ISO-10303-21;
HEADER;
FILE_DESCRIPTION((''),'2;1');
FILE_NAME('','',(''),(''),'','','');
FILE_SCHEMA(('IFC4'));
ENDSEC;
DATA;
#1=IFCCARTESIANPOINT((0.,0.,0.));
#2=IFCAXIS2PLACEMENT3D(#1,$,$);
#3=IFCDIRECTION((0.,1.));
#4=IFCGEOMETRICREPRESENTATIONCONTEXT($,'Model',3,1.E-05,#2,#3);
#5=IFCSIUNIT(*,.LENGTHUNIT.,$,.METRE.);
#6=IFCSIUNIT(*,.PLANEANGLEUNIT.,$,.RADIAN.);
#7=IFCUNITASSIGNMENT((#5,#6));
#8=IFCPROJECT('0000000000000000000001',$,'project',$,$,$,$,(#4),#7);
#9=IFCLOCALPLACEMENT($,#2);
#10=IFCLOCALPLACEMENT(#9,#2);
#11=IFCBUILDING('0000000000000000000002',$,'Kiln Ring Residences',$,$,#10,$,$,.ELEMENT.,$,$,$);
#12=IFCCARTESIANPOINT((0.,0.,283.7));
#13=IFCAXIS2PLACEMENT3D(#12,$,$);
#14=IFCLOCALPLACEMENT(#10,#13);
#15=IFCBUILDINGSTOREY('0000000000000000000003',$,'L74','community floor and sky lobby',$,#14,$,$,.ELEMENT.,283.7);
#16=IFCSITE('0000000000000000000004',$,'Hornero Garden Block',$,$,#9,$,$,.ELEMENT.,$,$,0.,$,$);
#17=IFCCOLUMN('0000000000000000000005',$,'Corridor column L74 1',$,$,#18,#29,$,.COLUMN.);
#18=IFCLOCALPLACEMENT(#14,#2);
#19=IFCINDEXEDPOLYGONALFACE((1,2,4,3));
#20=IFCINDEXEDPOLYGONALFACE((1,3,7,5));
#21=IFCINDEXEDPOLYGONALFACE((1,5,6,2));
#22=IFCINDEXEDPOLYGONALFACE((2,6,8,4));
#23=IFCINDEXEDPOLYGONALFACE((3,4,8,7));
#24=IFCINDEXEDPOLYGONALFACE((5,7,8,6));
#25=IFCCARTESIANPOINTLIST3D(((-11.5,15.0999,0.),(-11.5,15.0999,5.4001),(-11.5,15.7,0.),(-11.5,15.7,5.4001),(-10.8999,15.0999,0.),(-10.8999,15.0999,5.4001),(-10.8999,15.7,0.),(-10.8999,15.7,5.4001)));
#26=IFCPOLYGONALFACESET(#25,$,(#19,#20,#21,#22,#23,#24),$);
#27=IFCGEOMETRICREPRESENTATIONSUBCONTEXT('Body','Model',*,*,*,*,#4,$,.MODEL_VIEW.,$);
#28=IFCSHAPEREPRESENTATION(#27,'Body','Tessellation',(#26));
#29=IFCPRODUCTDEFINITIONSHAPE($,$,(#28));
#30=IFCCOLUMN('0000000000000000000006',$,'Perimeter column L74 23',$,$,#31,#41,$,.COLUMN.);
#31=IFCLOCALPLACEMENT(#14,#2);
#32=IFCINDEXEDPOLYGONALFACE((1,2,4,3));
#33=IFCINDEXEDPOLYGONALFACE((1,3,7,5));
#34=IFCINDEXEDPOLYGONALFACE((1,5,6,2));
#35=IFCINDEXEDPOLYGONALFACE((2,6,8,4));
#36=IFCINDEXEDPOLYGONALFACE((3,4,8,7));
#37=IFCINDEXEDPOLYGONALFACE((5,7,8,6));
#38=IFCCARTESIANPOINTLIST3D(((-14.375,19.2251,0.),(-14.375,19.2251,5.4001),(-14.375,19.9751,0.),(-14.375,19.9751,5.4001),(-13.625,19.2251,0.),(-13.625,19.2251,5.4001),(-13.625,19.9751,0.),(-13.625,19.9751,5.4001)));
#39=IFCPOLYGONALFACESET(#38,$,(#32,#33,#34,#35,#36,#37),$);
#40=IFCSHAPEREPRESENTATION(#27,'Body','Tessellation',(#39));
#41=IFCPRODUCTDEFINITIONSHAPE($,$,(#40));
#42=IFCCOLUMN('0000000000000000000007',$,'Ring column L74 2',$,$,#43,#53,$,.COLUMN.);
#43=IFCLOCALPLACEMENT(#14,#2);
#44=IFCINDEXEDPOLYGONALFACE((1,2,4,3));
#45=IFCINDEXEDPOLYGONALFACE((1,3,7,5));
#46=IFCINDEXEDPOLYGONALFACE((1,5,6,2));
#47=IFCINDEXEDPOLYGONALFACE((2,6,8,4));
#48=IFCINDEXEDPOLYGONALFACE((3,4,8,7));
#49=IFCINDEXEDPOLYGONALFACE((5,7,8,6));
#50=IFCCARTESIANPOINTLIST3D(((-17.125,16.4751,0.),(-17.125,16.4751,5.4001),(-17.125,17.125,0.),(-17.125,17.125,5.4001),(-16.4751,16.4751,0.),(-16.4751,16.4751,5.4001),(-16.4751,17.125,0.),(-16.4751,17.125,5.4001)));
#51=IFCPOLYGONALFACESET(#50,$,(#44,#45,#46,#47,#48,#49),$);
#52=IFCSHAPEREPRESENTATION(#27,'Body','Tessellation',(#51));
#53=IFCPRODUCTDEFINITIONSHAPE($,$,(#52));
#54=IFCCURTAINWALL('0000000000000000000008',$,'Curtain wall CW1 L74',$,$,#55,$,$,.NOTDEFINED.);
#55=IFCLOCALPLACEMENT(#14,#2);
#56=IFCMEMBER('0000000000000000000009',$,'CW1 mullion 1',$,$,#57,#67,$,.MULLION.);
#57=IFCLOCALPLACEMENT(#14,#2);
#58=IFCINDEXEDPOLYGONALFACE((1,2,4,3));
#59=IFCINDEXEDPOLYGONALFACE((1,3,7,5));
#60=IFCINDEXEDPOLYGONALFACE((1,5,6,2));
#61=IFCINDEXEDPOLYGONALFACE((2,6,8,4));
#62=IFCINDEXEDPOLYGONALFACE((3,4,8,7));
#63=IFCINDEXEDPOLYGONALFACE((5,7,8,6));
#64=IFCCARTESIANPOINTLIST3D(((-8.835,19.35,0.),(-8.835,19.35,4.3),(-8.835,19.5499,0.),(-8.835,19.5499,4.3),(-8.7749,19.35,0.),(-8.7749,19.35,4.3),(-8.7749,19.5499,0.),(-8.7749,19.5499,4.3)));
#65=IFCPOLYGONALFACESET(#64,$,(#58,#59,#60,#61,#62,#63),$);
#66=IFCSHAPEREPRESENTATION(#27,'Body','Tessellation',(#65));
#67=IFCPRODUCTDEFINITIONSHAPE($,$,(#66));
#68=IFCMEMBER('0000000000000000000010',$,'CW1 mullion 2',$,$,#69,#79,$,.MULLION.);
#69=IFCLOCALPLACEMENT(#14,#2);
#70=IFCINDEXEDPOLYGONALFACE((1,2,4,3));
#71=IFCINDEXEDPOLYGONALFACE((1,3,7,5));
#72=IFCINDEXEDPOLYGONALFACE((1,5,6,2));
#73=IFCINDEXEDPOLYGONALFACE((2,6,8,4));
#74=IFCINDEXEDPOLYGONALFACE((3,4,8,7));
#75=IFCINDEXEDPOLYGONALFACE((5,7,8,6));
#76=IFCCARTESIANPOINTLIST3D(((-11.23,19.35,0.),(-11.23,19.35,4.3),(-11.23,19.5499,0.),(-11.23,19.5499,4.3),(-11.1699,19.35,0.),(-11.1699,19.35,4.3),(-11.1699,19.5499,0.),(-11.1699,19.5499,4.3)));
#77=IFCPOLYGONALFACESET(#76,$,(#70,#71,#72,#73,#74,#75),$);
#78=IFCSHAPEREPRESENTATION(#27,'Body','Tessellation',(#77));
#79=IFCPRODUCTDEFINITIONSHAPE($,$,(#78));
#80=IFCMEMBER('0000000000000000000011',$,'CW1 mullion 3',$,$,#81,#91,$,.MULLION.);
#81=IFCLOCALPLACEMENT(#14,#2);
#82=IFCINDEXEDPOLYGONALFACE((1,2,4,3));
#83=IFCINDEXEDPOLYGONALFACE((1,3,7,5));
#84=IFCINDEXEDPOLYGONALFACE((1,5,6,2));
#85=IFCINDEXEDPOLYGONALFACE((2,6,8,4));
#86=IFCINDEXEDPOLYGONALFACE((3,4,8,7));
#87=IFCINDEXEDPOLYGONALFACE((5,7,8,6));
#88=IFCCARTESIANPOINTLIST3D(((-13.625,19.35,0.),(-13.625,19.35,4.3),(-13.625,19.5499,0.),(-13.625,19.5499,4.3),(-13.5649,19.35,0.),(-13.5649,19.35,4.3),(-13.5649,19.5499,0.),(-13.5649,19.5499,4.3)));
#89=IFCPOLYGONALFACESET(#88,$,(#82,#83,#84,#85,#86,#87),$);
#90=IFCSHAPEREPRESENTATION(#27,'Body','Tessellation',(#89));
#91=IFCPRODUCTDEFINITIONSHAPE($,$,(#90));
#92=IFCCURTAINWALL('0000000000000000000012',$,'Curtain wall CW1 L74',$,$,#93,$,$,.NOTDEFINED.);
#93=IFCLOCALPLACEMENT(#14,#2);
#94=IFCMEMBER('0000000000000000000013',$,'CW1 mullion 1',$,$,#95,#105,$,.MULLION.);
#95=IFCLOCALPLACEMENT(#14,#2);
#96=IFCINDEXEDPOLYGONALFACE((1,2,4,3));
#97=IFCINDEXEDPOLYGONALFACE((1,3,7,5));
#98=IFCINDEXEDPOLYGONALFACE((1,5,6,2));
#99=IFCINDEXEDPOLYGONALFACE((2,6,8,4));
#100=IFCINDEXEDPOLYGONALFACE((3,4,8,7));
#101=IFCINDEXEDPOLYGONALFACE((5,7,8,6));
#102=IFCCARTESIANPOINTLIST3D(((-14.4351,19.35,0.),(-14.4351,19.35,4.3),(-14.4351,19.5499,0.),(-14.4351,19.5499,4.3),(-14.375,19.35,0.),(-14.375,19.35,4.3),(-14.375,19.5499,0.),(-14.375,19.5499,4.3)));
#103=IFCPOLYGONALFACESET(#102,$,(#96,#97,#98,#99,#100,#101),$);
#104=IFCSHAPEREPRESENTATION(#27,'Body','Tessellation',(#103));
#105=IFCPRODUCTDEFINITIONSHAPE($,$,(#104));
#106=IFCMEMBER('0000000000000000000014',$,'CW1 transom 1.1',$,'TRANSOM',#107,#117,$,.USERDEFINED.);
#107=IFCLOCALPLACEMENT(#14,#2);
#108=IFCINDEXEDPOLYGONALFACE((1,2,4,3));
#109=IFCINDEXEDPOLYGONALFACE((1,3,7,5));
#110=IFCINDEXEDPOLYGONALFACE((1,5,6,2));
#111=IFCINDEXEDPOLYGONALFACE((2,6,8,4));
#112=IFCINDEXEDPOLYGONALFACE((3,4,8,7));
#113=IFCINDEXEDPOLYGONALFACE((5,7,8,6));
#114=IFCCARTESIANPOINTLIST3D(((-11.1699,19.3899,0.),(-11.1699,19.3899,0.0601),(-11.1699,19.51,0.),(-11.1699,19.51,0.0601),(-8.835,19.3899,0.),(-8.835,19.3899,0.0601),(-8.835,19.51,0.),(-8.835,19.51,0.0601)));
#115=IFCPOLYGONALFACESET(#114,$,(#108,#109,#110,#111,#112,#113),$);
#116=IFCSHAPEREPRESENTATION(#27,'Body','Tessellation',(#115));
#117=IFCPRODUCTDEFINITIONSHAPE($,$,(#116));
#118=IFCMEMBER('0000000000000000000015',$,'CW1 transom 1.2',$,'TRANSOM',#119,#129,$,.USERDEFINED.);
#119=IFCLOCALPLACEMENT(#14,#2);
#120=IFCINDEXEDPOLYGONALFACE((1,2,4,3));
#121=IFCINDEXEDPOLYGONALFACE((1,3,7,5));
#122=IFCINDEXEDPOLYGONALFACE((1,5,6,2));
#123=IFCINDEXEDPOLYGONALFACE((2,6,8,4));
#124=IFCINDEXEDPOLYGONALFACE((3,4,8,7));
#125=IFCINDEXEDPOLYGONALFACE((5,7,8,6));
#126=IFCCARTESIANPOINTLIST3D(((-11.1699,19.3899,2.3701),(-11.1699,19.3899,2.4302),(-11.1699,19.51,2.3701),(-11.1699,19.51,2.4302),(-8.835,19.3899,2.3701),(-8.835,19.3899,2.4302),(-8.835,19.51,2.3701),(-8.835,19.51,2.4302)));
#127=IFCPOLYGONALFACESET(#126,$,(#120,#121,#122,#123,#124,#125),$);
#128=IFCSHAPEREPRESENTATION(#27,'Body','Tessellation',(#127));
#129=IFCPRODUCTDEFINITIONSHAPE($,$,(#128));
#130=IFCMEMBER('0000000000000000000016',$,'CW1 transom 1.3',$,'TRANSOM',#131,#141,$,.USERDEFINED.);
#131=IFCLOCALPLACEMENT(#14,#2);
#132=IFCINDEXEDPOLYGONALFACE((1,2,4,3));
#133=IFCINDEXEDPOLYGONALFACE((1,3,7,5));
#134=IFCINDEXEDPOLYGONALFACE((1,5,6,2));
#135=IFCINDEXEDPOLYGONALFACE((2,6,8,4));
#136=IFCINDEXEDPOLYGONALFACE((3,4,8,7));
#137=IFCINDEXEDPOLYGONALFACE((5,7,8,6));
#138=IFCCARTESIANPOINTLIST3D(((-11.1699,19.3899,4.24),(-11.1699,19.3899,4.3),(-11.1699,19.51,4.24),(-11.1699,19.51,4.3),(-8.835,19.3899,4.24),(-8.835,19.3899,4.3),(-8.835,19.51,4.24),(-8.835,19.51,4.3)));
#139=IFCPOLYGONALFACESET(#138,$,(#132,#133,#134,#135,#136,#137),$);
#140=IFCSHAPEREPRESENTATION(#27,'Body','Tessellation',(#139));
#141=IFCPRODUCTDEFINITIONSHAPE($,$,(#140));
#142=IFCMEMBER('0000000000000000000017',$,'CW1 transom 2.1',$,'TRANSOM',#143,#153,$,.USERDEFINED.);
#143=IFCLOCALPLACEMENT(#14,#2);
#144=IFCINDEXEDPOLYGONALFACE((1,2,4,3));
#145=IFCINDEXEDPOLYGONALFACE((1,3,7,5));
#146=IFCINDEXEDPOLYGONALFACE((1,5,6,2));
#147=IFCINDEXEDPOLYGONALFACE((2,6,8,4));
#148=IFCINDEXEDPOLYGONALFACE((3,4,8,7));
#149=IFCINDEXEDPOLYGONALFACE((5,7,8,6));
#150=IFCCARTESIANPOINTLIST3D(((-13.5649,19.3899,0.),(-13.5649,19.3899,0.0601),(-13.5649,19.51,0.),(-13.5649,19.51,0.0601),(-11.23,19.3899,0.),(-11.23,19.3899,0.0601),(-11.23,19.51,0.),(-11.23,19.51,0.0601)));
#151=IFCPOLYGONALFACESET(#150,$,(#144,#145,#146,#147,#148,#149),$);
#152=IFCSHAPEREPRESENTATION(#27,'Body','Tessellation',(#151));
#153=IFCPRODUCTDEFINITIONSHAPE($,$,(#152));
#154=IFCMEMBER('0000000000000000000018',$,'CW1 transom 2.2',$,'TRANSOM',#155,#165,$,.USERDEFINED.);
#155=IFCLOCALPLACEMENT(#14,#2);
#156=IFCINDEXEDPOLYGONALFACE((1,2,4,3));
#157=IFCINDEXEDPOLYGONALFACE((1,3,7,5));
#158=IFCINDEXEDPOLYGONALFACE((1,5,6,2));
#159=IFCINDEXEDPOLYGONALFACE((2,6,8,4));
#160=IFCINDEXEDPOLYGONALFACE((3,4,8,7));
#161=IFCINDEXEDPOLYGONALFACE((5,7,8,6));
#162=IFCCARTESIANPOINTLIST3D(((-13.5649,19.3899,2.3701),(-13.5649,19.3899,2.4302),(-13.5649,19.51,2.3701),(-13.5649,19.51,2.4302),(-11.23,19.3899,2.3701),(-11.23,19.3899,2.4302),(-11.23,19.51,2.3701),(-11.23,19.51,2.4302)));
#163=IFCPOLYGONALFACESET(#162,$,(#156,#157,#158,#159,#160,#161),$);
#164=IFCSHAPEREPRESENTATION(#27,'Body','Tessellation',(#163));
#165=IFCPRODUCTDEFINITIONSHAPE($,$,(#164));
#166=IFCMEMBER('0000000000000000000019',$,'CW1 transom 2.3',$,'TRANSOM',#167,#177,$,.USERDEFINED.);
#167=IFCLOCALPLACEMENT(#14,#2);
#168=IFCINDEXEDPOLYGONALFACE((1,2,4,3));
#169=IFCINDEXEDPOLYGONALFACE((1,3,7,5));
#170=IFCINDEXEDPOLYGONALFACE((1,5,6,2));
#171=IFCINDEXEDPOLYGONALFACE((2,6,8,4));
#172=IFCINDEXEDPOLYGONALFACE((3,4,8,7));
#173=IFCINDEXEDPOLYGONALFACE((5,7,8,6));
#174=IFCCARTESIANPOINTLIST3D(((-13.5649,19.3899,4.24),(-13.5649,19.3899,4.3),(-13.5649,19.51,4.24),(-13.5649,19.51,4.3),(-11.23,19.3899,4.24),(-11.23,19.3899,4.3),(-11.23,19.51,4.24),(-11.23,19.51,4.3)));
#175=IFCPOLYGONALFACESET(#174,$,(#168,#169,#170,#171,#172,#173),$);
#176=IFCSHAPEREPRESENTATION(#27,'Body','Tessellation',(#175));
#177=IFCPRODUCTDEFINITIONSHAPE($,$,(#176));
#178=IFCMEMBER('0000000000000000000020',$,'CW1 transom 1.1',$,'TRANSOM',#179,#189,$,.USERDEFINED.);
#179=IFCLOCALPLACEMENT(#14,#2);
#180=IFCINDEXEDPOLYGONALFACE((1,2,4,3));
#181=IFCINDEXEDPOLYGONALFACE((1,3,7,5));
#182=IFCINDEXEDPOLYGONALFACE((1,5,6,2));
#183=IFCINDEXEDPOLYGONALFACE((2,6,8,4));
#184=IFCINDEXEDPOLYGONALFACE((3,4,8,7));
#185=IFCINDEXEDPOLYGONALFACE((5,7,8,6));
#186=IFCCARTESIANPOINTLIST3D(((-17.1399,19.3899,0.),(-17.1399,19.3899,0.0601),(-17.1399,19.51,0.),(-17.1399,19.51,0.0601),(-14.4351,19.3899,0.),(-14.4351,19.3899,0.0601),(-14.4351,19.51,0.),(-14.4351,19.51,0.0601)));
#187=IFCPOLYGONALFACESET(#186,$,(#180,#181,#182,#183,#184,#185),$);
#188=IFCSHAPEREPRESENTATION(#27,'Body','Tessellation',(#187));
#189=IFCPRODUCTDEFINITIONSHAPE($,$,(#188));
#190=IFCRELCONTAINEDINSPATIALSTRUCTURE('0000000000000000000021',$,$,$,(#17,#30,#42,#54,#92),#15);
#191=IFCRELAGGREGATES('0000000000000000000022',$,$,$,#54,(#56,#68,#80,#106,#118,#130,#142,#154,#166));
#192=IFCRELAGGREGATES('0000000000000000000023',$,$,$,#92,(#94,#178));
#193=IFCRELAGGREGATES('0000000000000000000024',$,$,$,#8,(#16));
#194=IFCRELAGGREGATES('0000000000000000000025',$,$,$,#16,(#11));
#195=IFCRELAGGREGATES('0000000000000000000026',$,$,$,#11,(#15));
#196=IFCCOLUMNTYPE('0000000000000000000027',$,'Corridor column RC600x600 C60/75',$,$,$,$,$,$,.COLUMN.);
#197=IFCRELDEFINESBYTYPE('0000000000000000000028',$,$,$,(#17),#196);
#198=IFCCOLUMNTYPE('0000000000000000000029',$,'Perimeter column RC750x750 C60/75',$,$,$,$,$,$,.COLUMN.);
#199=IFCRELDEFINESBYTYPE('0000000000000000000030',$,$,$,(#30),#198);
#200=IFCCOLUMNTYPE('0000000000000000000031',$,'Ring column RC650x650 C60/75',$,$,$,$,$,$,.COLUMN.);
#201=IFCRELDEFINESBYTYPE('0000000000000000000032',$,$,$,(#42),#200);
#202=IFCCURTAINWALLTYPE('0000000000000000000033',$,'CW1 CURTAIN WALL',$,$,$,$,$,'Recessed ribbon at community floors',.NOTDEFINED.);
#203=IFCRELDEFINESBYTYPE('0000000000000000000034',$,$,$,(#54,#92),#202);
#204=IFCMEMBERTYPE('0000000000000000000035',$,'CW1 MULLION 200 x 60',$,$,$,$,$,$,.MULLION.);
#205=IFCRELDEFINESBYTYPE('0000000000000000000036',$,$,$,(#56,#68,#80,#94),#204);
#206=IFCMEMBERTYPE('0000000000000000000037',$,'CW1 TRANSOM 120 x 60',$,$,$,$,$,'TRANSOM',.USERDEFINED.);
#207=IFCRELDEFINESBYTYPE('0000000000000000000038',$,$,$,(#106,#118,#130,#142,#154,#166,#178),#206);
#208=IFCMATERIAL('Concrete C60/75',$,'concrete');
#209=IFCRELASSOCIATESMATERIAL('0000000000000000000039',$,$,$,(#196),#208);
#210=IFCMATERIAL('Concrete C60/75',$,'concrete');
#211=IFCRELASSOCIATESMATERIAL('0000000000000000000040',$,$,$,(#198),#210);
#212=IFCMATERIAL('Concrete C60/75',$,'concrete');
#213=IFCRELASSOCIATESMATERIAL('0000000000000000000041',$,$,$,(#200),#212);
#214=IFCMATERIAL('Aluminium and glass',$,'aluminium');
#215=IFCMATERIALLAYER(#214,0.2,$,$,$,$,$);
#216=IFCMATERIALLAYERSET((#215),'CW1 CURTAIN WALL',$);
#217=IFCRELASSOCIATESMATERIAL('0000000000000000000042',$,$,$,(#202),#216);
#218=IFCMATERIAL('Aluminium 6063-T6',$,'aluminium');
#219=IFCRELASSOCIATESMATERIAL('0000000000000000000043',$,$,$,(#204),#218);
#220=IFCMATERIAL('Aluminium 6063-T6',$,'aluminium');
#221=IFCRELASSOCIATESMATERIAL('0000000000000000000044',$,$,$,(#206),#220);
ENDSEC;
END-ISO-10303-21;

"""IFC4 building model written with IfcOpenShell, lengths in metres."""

from ifc_helpers import new_model, si_unit, direction, frame, origin, origin_2d, place, context, subcontext, project, spatial, rectangle, extrude, material, layer, layer_set, material_profile, profile_set, type_object, element, aggregate, save


model = new_model("IFC4")

# Units and contexts
model_context = context("Model", 3, precision=1e-05, world=origin(), true_north=direction((0.0, 1.0)))
body_context = subcontext(model_context, "Body", "Model", "MODEL_VIEW")
ifc_project = project(units=[si_unit("LENGTHUNIT", "METRE"), si_unit("PLANEANGLEUNIT", "RADIAN")], contexts=[model_context])

# Site, building, storey
site_placement = place(None, origin())
site = spatial("IfcSite", under=ifc_project, at=site_placement, Name="Hornero Garden Block", CompositionType="ELEMENT", RefElevation=0.0)
building_placement = place(site_placement, origin())
building = spatial("IfcBuilding", under=site, at=building_placement, Name="Kiln Ring Residences", CompositionType="ELEMENT")
storey_placement = place(building_placement, frame((0.0, 0.0, 283.7)))
storey = spatial("IfcBuildingStorey", under=building, at=storey_placement, Name="L74", Description="community floor and sky lobby", CompositionType="ELEMENT", Elevation=283.7)

# Columns
ifc_material_1 = material(Name="Concrete C60/75", Category="concrete")
ifc_material_profile_1 = material_profile(ifc_material_1, rectangle(XDim=0.6001, YDim=0.6001, at=origin_2d()), Name="RC600x600")
ifc_profile_set_1 = profile_set([ifc_material_profile_1], Name="Concrete C60/75")
column_type_1 = type_object("IfcColumnType", Name="Corridor column RC600x600 C60/75", PredefinedType="COLUMN", material=ifc_profile_set_1)
column_1_placement = place(storey_placement, frame((-11.2, 15.3999, 0.0), z_axis=(0.0, 0.0, 1.0), x_axis=(1.0, 0.0, 0.0)))
element("IfcColumn", 1, at=column_1_placement, inside=storey, type_object=column_type_1, Name="Corridor column L74 1", PredefinedType="COLUMN", context=body_context, shape_type="SweptSolid", body=[
    extrude(rectangle(XDim=0.6001, YDim=0.6001, at=origin_2d()), origin(), (0.0, 0.0, 1.0), 5.4001),
])
ifc_material_2 = material(Name="Concrete C60/75", Category="concrete")
ifc_material_profile_2 = material_profile(ifc_material_2, rectangle(XDim=0.75, YDim=0.75, at=origin_2d()), Name="RC750x750")
ifc_profile_set_2 = profile_set([ifc_material_profile_2], Name="Concrete C60/75")
column_type_2 = type_object("IfcColumnType", Name="Perimeter column RC750x750 C60/75", PredefinedType="COLUMN", material=ifc_profile_set_2)
column_2_placement = place(storey_placement, frame((-14.0, 19.6001, 0.0), z_axis=(0.0, 0.0, 1.0), x_axis=(1.0, 0.0, 0.0)))
element("IfcColumn", 2, at=column_2_placement, inside=storey, type_object=column_type_2, Name="Perimeter column L74 23", PredefinedType="COLUMN", context=body_context, shape_type="SweptSolid", body=[
    extrude(rectangle(XDim=0.75, YDim=0.75, at=origin_2d()), origin(), (0.0, 0.0, 1.0), 5.4001),
])
ifc_material_3 = material(Name="Concrete C60/75", Category="concrete")
ifc_material_profile_3 = material_profile(ifc_material_3, rectangle(XDim=0.6499, YDim=0.6499, at=origin_2d()), Name="RC650x650")
ifc_profile_set_3 = profile_set([ifc_material_profile_3], Name="Concrete C60/75")
column_type_3 = type_object("IfcColumnType", Name="Ring column RC650x650 C60/75", PredefinedType="COLUMN", material=ifc_profile_set_3)
column_3_placement = place(storey_placement, frame((-16.8, 16.8, 0.0), z_axis=(0.0, 0.0, 1.0), x_axis=(1.0, 0.0, 0.0)))
element("IfcColumn", 3, at=column_3_placement, inside=storey, type_object=column_type_3, Name="Ring column L74 2", PredefinedType="COLUMN", context=body_context, shape_type="SweptSolid", body=[
    extrude(rectangle(XDim=0.6499, YDim=0.6499, at=origin_2d()), origin(), (0.0, 0.0, 1.0), 5.4001),
])

# Curtain wall, members
ifc_material_4 = material(Name="Aluminium and glass", Category="aluminium")
ifc_layer_1 = layer(ifc_material_4, 0.2)
ifc_layer_set_1 = layer_set([ifc_layer_1], Name="CW1 CURTAIN WALL")
curtain_wall_type = type_object("IfcCurtainWallType", Name="CW1 CURTAIN WALL", ElementType="Recessed ribbon at community floors", PredefinedType="NOTDEFINED", material=ifc_layer_set_1)
placement = place(storey_placement, origin())
curtain_wall_1 = element("IfcCurtainWall", 4, at=placement, inside=storey, type_object=curtain_wall_type, Name="Curtain wall CW1 L74", PredefinedType="NOTDEFINED")
ifc_material_5 = material(Name="Aluminium 6063-T6", Category="aluminium")
ifc_material_profile_4 = material_profile(ifc_material_5, rectangle(XDim=0.2, YDim=0.0601, at=origin_2d()), Name="AL 200x60")
ifc_profile_set_4 = profile_set([ifc_material_profile_4], Name="Aluminium 6063-T6")
member_type_1 = type_object("IfcMemberType", Name="CW1 MULLION 200 x 60", PredefinedType="MULLION", material=ifc_profile_set_4)
member_1_placement = place(storey_placement, frame((-8.8049, 19.45, 0.0), z_axis=(0.0, 0.0, 1.0), x_axis=(0.0, -1.0, 0.0)))
member_1 = element("IfcMember", 5, at=member_1_placement, type_object=member_type_1, Name="CW1 mullion 1", PredefinedType="MULLION", context=body_context, shape_type="SweptSolid", body=[
    extrude(rectangle(XDim=0.2, YDim=0.0601, at=origin_2d()), origin(), (0.0, 0.0, 1.0), 4.3),
])
member_2_placement = place(storey_placement, frame((-11.2, 19.45, 0.0), z_axis=(0.0, 0.0, 1.0), x_axis=(0.0, -1.0, 0.0)))
member_2 = element("IfcMember", 6, at=member_2_placement, type_object=member_type_1, Name="CW1 mullion 2", PredefinedType="MULLION", context=body_context, shape_type="SweptSolid", body=[
    extrude(rectangle(XDim=0.2, YDim=0.0601, at=origin_2d()), origin(), (0.0, 0.0, 1.0), 4.3),
])
member_3_placement = place(storey_placement, frame((-13.595, 19.45, 0.0), z_axis=(0.0, 0.0, 1.0), x_axis=(0.0, -1.0, 0.0)))
member_3 = element("IfcMember", 7, at=member_3_placement, type_object=member_type_1, Name="CW1 mullion 3", PredefinedType="MULLION", context=body_context, shape_type="SweptSolid", body=[
    extrude(rectangle(XDim=0.2, YDim=0.0601, at=origin_2d()), origin(), (0.0, 0.0, 1.0), 4.3),
])

# Curtain wall, member
curtain_wall_2 = element("IfcCurtainWall", 8, at=placement, inside=storey, type_object=curtain_wall_type, Name="Curtain wall CW1 L74", PredefinedType="NOTDEFINED")
member_4_placement = place(storey_placement, frame((-14.405, 19.45, 0.0), z_axis=(0.0, 0.0, 1.0), x_axis=(0.0, -1.0, 0.0)))
member_4 = element("IfcMember", 9, at=member_4_placement, type_object=member_type_1, Name="CW1 mullion 1", PredefinedType="MULLION", context=body_context, shape_type="SweptSolid", body=[
    extrude(rectangle(XDim=0.2, YDim=0.0601, at=origin_2d()), origin(), (0.0, 0.0, 1.0), 4.3),
])

# Members
ifc_material_6 = material(Name="Aluminium 6063-T6", Category="aluminium")
ifc_material_profile_5 = material_profile(ifc_material_6, rectangle(XDim=0.1201, YDim=0.0601, at=origin_2d()), Name="AL 120x60")
ifc_profile_set_5 = profile_set([ifc_material_profile_5], Name="Aluminium 6063-T6")
member_type_2 = type_object("IfcMemberType", Name="CW1 TRANSOM 120 x 60", ElementType="TRANSOM", PredefinedType="USERDEFINED", material=ifc_profile_set_5)
member_5_placement = place(storey_placement, frame((-8.835, 19.45, 0.03), z_axis=(-1.0, 0.0, 0.0), x_axis=(0.0, -1.0, 0.0)))
member_5 = element("IfcMember", 10, at=member_5_placement, type_object=member_type_2, Name="CW1 transom 1.1", ObjectType="TRANSOM", PredefinedType="USERDEFINED", context=body_context, shape_type="SweptSolid", body=[
    extrude(rectangle(XDim=0.1201, YDim=0.0601, at=origin_2d()), origin(), (0.0, 0.0, 1.0), 2.335),
])
member_6_placement = place(storey_placement, frame((-8.835, 19.45, 2.4001), z_axis=(-1.0, 0.0, 0.0), x_axis=(0.0, -1.0, 0.0)))
member_6 = element("IfcMember", 11, at=member_6_placement, type_object=member_type_2, Name="CW1 transom 1.2", ObjectType="TRANSOM", PredefinedType="USERDEFINED", context=body_context, shape_type="SweptSolid", body=[
    extrude(rectangle(XDim=0.1201, YDim=0.0601, at=origin_2d()), origin(), (0.0, 0.0, 1.0), 2.335),
])
member_7_placement = place(storey_placement, frame((-8.835, 19.45, 4.27), z_axis=(-1.0, 0.0, 0.0), x_axis=(0.0, -1.0, 0.0)))
member_7 = element("IfcMember", 12, at=member_7_placement, type_object=member_type_2, Name="CW1 transom 1.3", ObjectType="TRANSOM", PredefinedType="USERDEFINED", context=body_context, shape_type="SweptSolid", body=[
    extrude(rectangle(XDim=0.1201, YDim=0.0601, at=origin_2d()), origin(), (0.0, 0.0, 1.0), 2.335),
])
member_8_placement = place(storey_placement, frame((-11.23, 19.45, 0.03), z_axis=(-1.0, 0.0, 0.0), x_axis=(0.0, -1.0, 0.0)))
member_8 = element("IfcMember", 13, at=member_8_placement, type_object=member_type_2, Name="CW1 transom 2.1", ObjectType="TRANSOM", PredefinedType="USERDEFINED", context=body_context, shape_type="SweptSolid", body=[
    extrude(rectangle(XDim=0.1201, YDim=0.0601, at=origin_2d()), origin(), (0.0, 0.0, 1.0), 2.335),
])
member_9_placement = place(storey_placement, frame((-11.23, 19.45, 2.4001), z_axis=(-1.0, 0.0, 0.0), x_axis=(0.0, -1.0, 0.0)))
member_9 = element("IfcMember", 14, at=member_9_placement, type_object=member_type_2, Name="CW1 transom 2.2", ObjectType="TRANSOM", PredefinedType="USERDEFINED", context=body_context, shape_type="SweptSolid", body=[
    extrude(rectangle(XDim=0.1201, YDim=0.0601, at=origin_2d()), origin(), (0.0, 0.0, 1.0), 2.335),
])
member_10_placement = place(storey_placement, frame((-11.23, 19.45, 4.27), z_axis=(-1.0, 0.0, 0.0), x_axis=(0.0, -1.0, 0.0)))
member_10 = element("IfcMember", 15, at=member_10_placement, type_object=member_type_2, Name="CW1 transom 2.3", ObjectType="TRANSOM", PredefinedType="USERDEFINED", context=body_context, shape_type="SweptSolid", body=[
    extrude(rectangle(XDim=0.1201, YDim=0.0601, at=origin_2d()), origin(), (0.0, 0.0, 1.0), 2.335),
])
member_11_placement = place(storey_placement, frame((-14.4351, 19.45, 0.03), z_axis=(-1.0, 0.0, 0.0), x_axis=(0.0, -1.0, 0.0)))
member_11 = element("IfcMember", 16, at=member_11_placement, type_object=member_type_2, Name="CW1 transom 1.1", ObjectType="TRANSOM", PredefinedType="USERDEFINED", context=body_context, shape_type="SweptSolid", body=[
    extrude(rectangle(XDim=0.1201, YDim=0.0601, at=origin_2d()), origin(), (0.0, 0.0, 1.0), 2.7048),
])

aggregate(curtain_wall_1, [member_1, member_2, member_3, member_5, member_6, member_7, member_8, member_9, member_10])
aggregate(curtain_wall_2, [member_4, member_11])

save(model, "model.ifc")
